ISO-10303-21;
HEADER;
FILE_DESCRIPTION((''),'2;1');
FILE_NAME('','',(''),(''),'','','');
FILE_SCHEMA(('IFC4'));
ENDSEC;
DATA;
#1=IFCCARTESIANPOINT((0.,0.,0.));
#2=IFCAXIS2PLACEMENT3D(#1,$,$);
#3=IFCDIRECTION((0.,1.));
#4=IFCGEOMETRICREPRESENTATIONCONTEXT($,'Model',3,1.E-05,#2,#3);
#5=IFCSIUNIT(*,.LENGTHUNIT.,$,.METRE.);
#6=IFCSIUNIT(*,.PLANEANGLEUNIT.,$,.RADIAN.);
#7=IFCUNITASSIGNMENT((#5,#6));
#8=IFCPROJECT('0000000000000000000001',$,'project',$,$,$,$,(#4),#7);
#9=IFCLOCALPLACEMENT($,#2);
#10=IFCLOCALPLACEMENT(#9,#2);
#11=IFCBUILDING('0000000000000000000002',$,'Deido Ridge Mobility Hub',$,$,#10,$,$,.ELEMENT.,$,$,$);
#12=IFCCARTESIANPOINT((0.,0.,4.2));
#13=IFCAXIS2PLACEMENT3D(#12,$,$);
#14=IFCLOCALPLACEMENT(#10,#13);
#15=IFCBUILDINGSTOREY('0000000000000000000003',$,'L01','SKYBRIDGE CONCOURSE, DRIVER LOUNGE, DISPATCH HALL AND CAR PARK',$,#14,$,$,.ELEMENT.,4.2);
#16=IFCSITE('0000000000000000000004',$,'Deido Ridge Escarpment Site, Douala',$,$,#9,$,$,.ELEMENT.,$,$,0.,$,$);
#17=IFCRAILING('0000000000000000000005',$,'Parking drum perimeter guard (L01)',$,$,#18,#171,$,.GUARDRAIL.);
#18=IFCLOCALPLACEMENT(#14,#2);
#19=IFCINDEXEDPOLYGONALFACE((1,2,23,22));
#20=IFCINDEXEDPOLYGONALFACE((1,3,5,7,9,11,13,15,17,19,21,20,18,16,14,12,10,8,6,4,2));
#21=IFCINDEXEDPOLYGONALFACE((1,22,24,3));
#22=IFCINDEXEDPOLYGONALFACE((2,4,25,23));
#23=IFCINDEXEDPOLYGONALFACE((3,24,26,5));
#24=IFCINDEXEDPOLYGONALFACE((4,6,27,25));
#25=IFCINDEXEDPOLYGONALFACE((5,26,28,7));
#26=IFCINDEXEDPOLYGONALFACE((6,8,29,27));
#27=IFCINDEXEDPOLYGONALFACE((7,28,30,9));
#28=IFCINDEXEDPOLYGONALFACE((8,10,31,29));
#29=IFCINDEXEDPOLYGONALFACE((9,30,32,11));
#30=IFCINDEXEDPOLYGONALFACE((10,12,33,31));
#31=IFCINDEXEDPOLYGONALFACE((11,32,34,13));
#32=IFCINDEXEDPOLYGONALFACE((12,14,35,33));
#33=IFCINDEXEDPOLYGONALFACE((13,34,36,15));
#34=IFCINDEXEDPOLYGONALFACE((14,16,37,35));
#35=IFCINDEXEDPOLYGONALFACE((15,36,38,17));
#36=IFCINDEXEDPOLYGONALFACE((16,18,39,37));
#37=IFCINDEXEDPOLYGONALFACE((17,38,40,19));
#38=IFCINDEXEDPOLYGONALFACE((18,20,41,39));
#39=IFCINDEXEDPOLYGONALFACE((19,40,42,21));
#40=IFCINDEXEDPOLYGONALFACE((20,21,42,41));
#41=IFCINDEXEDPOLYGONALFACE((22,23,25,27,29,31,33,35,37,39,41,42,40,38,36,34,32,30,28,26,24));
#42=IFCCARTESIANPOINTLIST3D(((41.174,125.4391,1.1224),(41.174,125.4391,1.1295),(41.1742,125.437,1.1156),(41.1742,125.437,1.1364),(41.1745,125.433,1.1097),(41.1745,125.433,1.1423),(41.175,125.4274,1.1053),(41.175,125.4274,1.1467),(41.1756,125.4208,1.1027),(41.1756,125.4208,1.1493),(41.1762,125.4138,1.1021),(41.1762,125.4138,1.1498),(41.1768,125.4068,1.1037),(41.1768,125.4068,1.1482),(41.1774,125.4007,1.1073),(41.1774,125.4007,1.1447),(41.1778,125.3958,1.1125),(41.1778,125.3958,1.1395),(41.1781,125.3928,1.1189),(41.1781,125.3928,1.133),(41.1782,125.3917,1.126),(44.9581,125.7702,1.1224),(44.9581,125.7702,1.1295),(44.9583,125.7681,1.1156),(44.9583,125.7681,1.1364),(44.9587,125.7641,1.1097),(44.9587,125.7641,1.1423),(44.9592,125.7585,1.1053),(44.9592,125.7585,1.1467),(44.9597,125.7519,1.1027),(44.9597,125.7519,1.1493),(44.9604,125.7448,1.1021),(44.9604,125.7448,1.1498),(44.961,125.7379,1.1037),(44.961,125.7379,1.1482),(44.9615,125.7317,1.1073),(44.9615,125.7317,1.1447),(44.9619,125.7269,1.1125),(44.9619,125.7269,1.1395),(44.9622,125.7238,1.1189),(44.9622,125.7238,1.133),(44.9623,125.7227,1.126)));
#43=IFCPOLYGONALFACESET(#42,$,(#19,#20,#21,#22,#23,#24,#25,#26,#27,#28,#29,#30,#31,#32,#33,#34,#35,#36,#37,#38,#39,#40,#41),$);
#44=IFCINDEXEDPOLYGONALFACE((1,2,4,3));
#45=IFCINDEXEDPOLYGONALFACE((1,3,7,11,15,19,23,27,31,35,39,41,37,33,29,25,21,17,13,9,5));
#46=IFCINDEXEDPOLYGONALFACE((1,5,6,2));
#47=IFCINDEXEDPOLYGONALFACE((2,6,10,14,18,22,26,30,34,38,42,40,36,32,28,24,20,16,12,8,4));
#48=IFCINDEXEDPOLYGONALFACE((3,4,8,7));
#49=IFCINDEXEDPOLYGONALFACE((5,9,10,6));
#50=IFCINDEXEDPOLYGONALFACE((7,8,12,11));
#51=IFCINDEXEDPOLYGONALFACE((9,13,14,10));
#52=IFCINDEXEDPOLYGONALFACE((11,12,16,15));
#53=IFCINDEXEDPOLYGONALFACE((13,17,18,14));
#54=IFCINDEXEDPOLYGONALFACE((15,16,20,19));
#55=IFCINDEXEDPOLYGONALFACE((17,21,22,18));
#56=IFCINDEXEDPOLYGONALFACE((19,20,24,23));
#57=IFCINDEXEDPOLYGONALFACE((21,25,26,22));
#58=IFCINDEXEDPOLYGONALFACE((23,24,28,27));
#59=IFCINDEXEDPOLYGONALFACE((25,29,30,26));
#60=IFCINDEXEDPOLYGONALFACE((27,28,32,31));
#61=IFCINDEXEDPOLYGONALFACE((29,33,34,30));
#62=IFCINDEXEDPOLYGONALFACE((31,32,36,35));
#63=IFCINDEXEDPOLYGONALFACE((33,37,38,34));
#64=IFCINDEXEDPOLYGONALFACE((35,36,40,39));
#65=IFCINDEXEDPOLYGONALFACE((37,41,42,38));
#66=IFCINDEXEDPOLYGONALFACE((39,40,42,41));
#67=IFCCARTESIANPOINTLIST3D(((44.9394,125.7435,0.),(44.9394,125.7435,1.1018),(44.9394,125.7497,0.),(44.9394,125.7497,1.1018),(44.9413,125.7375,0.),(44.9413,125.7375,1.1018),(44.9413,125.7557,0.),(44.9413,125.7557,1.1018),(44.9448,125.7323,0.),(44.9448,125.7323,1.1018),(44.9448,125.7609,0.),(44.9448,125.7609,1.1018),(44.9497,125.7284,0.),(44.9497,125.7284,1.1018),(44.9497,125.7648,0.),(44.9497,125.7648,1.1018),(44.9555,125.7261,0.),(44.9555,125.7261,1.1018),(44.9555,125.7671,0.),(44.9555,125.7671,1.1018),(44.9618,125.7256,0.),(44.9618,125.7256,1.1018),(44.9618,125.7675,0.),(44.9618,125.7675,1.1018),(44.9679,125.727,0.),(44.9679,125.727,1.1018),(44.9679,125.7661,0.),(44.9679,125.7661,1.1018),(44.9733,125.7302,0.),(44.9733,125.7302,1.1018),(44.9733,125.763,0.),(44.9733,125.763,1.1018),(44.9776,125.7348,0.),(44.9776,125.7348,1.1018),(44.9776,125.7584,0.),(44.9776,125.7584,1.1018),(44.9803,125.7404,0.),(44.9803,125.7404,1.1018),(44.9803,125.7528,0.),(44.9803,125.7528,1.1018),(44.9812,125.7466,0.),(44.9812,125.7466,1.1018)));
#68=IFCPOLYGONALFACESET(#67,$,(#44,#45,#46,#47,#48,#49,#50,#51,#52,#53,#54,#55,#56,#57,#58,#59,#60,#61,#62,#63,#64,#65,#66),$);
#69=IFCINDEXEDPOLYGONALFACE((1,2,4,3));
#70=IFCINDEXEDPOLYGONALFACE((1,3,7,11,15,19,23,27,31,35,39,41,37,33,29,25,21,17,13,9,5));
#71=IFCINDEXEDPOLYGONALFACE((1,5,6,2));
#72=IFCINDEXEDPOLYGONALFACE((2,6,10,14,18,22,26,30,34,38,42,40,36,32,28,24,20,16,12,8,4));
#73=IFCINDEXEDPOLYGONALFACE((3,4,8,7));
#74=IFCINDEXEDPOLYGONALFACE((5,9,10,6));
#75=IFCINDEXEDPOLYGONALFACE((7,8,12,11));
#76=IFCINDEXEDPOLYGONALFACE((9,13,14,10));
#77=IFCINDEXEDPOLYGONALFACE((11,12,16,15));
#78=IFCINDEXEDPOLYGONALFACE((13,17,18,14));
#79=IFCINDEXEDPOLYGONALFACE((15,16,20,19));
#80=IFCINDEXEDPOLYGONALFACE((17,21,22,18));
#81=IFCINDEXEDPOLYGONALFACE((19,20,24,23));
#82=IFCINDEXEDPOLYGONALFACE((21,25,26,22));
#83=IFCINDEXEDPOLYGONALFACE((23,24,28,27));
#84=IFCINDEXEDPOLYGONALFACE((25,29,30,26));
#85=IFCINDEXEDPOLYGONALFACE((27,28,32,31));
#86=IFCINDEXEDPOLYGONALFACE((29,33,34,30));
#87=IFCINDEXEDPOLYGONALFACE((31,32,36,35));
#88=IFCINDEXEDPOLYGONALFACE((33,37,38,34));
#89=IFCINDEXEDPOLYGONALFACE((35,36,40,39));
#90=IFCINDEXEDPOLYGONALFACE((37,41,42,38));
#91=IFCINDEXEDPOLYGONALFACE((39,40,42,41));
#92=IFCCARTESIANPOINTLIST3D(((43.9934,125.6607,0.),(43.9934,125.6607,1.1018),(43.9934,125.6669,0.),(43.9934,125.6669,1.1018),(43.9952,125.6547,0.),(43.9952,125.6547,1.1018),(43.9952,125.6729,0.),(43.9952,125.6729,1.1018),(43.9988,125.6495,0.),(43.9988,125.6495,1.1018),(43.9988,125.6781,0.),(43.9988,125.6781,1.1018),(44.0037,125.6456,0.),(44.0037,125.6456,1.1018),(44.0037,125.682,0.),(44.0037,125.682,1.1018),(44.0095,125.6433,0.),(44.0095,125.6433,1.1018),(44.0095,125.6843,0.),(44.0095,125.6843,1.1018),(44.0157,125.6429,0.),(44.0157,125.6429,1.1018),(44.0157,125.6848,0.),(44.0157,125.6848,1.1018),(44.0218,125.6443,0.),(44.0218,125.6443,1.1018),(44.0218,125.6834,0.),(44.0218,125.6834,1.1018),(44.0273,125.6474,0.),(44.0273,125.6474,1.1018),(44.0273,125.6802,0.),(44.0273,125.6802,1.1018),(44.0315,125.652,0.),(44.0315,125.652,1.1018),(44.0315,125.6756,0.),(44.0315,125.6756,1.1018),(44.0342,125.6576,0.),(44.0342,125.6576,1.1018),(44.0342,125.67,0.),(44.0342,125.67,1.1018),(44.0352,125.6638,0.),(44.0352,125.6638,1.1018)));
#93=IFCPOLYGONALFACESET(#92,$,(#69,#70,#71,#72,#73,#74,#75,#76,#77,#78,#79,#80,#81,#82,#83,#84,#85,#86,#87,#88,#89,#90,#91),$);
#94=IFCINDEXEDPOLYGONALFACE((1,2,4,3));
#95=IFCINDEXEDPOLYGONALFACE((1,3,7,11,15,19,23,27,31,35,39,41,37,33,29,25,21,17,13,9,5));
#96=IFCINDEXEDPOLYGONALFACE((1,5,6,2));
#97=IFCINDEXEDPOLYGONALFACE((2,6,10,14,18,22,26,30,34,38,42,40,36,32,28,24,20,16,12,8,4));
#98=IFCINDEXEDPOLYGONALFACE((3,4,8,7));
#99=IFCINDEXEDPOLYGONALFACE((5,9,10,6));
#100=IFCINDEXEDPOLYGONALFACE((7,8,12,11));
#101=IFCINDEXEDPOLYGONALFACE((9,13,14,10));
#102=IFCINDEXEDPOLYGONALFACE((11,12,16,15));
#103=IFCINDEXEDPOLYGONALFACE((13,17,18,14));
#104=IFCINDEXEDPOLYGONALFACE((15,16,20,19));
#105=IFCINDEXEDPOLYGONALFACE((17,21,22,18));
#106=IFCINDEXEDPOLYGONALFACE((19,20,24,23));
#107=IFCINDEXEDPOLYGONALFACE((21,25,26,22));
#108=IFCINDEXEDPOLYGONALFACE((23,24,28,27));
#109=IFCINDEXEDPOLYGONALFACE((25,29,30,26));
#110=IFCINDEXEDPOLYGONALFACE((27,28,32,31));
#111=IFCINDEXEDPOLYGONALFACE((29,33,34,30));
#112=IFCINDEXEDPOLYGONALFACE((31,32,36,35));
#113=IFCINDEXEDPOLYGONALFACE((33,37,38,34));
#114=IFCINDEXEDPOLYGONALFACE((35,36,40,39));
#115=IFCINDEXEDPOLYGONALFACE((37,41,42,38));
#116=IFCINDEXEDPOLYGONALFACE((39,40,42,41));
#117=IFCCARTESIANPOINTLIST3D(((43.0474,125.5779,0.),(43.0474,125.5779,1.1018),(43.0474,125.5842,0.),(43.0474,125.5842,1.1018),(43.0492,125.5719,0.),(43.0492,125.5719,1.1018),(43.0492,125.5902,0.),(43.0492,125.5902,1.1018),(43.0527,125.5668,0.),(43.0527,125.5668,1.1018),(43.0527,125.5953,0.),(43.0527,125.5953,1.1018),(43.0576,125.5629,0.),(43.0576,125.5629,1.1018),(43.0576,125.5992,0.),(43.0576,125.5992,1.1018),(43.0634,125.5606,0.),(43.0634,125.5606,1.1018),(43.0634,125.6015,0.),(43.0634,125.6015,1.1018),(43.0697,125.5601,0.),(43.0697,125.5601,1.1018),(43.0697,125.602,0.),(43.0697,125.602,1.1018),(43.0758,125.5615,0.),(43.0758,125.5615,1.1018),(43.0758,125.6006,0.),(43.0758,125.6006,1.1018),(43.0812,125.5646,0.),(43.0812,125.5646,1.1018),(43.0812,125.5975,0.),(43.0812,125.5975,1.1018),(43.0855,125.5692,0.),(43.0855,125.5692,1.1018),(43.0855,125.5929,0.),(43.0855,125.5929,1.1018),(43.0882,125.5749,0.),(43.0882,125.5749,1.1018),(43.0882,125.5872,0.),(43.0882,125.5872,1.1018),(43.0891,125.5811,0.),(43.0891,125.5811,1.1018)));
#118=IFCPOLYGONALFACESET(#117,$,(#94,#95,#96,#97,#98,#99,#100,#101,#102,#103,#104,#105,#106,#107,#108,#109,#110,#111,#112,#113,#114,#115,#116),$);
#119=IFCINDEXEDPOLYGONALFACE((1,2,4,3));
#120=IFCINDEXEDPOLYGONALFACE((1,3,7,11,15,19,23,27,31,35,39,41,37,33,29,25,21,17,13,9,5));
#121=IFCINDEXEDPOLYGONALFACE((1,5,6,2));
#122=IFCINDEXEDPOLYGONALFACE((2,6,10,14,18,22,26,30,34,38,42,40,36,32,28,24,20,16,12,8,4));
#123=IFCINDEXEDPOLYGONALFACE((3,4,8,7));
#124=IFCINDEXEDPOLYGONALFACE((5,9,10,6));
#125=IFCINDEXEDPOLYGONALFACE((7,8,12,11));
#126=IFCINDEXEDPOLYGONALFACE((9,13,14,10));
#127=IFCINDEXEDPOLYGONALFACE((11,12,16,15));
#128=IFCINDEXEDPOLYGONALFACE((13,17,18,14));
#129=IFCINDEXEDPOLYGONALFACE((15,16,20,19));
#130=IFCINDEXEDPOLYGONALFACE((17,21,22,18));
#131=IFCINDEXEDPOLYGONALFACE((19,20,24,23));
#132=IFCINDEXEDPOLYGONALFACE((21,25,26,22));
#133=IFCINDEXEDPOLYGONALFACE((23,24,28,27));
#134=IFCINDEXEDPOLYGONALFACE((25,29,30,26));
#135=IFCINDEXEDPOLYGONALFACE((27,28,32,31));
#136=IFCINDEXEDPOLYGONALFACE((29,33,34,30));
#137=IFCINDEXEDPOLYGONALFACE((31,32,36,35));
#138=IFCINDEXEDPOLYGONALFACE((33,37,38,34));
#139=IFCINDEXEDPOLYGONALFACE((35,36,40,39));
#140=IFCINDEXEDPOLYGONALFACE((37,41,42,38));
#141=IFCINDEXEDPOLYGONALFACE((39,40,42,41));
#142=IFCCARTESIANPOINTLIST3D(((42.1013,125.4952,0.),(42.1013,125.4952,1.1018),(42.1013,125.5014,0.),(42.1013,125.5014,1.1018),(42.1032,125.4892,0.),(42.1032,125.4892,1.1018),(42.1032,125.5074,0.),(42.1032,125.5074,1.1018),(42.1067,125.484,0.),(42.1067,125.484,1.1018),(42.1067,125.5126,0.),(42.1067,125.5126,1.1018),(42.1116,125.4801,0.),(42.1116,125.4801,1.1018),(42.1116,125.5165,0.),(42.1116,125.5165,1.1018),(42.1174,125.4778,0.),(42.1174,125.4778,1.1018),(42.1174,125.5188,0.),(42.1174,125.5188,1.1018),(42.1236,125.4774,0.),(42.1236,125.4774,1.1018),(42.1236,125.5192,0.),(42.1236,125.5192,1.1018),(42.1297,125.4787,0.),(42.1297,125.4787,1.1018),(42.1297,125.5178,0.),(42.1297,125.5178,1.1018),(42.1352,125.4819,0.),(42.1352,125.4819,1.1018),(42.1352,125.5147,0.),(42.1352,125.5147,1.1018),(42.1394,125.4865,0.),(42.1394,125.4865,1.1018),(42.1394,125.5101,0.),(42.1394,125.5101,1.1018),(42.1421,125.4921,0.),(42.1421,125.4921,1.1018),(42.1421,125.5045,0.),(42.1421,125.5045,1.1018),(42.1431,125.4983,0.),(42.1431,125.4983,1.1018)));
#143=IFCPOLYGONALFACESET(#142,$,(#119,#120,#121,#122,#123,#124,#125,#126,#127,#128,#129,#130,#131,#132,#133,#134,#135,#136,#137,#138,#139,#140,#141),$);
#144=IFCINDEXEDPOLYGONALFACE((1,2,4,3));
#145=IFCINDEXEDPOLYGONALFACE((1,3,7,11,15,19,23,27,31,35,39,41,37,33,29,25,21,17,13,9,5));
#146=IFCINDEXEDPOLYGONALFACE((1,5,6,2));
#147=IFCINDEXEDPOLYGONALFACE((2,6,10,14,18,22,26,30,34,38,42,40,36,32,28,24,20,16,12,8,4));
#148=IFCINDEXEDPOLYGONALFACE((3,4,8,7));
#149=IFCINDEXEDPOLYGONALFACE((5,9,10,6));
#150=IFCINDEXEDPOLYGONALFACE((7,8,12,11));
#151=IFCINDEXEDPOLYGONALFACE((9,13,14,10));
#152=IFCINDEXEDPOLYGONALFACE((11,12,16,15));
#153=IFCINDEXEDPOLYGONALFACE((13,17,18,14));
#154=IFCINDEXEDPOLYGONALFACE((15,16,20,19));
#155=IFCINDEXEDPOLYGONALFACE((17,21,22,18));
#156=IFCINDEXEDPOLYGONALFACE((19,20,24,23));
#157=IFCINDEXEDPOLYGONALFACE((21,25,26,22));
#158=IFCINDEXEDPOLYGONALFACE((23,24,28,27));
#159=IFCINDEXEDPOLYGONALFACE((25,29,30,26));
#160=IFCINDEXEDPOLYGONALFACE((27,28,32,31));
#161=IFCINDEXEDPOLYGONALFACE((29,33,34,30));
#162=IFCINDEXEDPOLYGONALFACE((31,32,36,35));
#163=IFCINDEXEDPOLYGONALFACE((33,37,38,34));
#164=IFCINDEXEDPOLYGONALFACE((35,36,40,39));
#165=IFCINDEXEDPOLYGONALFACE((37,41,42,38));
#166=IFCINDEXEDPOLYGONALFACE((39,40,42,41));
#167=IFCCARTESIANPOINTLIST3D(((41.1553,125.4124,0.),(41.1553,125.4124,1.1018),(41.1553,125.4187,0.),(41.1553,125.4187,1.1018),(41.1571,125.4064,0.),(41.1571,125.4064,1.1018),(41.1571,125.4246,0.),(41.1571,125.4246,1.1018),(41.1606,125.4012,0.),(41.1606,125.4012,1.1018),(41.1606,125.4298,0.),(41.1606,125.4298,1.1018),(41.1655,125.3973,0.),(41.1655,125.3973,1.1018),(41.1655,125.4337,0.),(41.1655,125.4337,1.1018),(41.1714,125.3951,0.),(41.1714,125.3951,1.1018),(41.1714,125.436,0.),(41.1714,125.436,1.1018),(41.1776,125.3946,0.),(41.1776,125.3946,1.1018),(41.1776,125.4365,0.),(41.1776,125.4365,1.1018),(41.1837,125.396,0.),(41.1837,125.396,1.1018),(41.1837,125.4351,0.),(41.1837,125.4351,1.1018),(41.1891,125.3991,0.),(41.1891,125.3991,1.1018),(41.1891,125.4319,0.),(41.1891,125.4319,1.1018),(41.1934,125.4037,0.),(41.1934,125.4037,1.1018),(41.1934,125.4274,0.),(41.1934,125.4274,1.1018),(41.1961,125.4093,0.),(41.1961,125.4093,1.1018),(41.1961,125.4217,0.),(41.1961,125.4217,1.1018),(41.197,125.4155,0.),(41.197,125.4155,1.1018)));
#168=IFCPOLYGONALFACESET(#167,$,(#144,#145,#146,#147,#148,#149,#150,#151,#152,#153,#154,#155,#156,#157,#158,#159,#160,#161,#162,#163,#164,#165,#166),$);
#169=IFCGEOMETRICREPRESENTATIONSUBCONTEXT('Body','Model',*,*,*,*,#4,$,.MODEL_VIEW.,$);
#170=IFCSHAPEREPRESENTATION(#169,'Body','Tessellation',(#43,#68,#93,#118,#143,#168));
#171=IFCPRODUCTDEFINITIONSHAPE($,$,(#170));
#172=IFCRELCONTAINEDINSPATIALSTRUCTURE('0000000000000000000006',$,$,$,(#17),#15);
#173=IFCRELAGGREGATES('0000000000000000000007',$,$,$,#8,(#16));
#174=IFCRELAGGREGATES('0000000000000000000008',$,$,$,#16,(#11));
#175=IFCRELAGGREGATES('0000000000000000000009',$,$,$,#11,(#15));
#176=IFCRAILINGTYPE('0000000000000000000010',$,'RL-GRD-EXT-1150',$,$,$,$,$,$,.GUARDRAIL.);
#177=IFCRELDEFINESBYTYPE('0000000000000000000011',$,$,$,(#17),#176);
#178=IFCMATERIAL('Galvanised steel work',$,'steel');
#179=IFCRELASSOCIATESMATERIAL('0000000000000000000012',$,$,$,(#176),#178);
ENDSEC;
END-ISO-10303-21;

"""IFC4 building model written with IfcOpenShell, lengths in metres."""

from ifc_helpers import new_model, si_unit, direction, frame, origin, origin_2d, place, context, subcontext, project, spatial, circle, extrude, material, type_object, element, save


model = new_model("IFC4")

# Units and contexts
model_context = context("Model", 3, precision=1e-05, world=origin(), true_north=direction((0.0, 1.0)))
body_context = subcontext(model_context, "Body", "Model", "MODEL_VIEW")
ifc_project = project(units=[si_unit("LENGTHUNIT", "METRE"), si_unit("PLANEANGLEUNIT", "RADIAN")], contexts=[model_context])

# Site, building, storey
site_placement = place(None, origin())
site = spatial("IfcSite", under=ifc_project, at=site_placement, Name="Deido Ridge Escarpment Site, Douala", CompositionType="ELEMENT", RefElevation=0.0)
building_placement = place(site_placement, origin())
building = spatial("IfcBuilding", under=site, at=building_placement, Name="Deido Ridge Mobility Hub", CompositionType="ELEMENT")
storey_placement = place(building_placement, frame((0.0, 0.0, 4.2)))
storey = spatial("IfcBuildingStorey", under=building, at=storey_placement, Name="L01", Description="SKYBRIDGE CONCOURSE, DRIVER LOUNGE, DISPATCH HALL AND CAR PARK", CompositionType="ELEMENT", Elevation=4.2)

# Railing
ifc_material_1 = material(Name="Galvanised steel work", Category="steel")
railing_type = type_object("IfcRailingType", Name="RL-GRD-EXT-1150", PredefinedType="GUARDRAIL", material=ifc_material_1)
railing_1_placement = place(storey_placement, frame((44.9602, 125.7466, 0.0)))
element("IfcRailing", 1, at=railing_1_placement, inside=storey, type_object=railing_type, Name="Parking drum perimeter guard (L01)", PredefinedType="GUARDRAIL", context=body_context, shape_type="SweptSolid", body=[
    extrude(circle(Radius=0.0239, at=origin_2d()), frame((0.0, 0.0, 1.126), z_axis=(-0.996195, -0.087151, 0.0), x_axis=(0.087151, -0.996195, 0.0)), (0.0, 0.0, 1.0), 3.7986),
    extrude(circle(Radius=0.021, at=origin_2d()), origin(), (0.0, 0.0, 1.0), 1.1018),
    extrude(circle(Radius=0.021, at=origin_2d()), frame((-0.946, -0.0828, 0.0)), (0.0, 0.0, 1.0), 1.1018),
    extrude(circle(Radius=0.021, at=origin_2d()), frame((-1.8921, -0.1655, 0.0)), (0.0, 0.0, 1.0), 1.1018),
    extrude(circle(Radius=0.021, at=origin_2d()), frame((-2.8381, -0.2483, 0.0)), (0.0, 0.0, 1.0), 1.1018),
    extrude(circle(Radius=0.021, at=origin_2d()), frame((-3.7842, -0.3311, 0.0)), (0.0, 0.0, 1.0), 1.1018),
])

save(model, "model.ifc")
